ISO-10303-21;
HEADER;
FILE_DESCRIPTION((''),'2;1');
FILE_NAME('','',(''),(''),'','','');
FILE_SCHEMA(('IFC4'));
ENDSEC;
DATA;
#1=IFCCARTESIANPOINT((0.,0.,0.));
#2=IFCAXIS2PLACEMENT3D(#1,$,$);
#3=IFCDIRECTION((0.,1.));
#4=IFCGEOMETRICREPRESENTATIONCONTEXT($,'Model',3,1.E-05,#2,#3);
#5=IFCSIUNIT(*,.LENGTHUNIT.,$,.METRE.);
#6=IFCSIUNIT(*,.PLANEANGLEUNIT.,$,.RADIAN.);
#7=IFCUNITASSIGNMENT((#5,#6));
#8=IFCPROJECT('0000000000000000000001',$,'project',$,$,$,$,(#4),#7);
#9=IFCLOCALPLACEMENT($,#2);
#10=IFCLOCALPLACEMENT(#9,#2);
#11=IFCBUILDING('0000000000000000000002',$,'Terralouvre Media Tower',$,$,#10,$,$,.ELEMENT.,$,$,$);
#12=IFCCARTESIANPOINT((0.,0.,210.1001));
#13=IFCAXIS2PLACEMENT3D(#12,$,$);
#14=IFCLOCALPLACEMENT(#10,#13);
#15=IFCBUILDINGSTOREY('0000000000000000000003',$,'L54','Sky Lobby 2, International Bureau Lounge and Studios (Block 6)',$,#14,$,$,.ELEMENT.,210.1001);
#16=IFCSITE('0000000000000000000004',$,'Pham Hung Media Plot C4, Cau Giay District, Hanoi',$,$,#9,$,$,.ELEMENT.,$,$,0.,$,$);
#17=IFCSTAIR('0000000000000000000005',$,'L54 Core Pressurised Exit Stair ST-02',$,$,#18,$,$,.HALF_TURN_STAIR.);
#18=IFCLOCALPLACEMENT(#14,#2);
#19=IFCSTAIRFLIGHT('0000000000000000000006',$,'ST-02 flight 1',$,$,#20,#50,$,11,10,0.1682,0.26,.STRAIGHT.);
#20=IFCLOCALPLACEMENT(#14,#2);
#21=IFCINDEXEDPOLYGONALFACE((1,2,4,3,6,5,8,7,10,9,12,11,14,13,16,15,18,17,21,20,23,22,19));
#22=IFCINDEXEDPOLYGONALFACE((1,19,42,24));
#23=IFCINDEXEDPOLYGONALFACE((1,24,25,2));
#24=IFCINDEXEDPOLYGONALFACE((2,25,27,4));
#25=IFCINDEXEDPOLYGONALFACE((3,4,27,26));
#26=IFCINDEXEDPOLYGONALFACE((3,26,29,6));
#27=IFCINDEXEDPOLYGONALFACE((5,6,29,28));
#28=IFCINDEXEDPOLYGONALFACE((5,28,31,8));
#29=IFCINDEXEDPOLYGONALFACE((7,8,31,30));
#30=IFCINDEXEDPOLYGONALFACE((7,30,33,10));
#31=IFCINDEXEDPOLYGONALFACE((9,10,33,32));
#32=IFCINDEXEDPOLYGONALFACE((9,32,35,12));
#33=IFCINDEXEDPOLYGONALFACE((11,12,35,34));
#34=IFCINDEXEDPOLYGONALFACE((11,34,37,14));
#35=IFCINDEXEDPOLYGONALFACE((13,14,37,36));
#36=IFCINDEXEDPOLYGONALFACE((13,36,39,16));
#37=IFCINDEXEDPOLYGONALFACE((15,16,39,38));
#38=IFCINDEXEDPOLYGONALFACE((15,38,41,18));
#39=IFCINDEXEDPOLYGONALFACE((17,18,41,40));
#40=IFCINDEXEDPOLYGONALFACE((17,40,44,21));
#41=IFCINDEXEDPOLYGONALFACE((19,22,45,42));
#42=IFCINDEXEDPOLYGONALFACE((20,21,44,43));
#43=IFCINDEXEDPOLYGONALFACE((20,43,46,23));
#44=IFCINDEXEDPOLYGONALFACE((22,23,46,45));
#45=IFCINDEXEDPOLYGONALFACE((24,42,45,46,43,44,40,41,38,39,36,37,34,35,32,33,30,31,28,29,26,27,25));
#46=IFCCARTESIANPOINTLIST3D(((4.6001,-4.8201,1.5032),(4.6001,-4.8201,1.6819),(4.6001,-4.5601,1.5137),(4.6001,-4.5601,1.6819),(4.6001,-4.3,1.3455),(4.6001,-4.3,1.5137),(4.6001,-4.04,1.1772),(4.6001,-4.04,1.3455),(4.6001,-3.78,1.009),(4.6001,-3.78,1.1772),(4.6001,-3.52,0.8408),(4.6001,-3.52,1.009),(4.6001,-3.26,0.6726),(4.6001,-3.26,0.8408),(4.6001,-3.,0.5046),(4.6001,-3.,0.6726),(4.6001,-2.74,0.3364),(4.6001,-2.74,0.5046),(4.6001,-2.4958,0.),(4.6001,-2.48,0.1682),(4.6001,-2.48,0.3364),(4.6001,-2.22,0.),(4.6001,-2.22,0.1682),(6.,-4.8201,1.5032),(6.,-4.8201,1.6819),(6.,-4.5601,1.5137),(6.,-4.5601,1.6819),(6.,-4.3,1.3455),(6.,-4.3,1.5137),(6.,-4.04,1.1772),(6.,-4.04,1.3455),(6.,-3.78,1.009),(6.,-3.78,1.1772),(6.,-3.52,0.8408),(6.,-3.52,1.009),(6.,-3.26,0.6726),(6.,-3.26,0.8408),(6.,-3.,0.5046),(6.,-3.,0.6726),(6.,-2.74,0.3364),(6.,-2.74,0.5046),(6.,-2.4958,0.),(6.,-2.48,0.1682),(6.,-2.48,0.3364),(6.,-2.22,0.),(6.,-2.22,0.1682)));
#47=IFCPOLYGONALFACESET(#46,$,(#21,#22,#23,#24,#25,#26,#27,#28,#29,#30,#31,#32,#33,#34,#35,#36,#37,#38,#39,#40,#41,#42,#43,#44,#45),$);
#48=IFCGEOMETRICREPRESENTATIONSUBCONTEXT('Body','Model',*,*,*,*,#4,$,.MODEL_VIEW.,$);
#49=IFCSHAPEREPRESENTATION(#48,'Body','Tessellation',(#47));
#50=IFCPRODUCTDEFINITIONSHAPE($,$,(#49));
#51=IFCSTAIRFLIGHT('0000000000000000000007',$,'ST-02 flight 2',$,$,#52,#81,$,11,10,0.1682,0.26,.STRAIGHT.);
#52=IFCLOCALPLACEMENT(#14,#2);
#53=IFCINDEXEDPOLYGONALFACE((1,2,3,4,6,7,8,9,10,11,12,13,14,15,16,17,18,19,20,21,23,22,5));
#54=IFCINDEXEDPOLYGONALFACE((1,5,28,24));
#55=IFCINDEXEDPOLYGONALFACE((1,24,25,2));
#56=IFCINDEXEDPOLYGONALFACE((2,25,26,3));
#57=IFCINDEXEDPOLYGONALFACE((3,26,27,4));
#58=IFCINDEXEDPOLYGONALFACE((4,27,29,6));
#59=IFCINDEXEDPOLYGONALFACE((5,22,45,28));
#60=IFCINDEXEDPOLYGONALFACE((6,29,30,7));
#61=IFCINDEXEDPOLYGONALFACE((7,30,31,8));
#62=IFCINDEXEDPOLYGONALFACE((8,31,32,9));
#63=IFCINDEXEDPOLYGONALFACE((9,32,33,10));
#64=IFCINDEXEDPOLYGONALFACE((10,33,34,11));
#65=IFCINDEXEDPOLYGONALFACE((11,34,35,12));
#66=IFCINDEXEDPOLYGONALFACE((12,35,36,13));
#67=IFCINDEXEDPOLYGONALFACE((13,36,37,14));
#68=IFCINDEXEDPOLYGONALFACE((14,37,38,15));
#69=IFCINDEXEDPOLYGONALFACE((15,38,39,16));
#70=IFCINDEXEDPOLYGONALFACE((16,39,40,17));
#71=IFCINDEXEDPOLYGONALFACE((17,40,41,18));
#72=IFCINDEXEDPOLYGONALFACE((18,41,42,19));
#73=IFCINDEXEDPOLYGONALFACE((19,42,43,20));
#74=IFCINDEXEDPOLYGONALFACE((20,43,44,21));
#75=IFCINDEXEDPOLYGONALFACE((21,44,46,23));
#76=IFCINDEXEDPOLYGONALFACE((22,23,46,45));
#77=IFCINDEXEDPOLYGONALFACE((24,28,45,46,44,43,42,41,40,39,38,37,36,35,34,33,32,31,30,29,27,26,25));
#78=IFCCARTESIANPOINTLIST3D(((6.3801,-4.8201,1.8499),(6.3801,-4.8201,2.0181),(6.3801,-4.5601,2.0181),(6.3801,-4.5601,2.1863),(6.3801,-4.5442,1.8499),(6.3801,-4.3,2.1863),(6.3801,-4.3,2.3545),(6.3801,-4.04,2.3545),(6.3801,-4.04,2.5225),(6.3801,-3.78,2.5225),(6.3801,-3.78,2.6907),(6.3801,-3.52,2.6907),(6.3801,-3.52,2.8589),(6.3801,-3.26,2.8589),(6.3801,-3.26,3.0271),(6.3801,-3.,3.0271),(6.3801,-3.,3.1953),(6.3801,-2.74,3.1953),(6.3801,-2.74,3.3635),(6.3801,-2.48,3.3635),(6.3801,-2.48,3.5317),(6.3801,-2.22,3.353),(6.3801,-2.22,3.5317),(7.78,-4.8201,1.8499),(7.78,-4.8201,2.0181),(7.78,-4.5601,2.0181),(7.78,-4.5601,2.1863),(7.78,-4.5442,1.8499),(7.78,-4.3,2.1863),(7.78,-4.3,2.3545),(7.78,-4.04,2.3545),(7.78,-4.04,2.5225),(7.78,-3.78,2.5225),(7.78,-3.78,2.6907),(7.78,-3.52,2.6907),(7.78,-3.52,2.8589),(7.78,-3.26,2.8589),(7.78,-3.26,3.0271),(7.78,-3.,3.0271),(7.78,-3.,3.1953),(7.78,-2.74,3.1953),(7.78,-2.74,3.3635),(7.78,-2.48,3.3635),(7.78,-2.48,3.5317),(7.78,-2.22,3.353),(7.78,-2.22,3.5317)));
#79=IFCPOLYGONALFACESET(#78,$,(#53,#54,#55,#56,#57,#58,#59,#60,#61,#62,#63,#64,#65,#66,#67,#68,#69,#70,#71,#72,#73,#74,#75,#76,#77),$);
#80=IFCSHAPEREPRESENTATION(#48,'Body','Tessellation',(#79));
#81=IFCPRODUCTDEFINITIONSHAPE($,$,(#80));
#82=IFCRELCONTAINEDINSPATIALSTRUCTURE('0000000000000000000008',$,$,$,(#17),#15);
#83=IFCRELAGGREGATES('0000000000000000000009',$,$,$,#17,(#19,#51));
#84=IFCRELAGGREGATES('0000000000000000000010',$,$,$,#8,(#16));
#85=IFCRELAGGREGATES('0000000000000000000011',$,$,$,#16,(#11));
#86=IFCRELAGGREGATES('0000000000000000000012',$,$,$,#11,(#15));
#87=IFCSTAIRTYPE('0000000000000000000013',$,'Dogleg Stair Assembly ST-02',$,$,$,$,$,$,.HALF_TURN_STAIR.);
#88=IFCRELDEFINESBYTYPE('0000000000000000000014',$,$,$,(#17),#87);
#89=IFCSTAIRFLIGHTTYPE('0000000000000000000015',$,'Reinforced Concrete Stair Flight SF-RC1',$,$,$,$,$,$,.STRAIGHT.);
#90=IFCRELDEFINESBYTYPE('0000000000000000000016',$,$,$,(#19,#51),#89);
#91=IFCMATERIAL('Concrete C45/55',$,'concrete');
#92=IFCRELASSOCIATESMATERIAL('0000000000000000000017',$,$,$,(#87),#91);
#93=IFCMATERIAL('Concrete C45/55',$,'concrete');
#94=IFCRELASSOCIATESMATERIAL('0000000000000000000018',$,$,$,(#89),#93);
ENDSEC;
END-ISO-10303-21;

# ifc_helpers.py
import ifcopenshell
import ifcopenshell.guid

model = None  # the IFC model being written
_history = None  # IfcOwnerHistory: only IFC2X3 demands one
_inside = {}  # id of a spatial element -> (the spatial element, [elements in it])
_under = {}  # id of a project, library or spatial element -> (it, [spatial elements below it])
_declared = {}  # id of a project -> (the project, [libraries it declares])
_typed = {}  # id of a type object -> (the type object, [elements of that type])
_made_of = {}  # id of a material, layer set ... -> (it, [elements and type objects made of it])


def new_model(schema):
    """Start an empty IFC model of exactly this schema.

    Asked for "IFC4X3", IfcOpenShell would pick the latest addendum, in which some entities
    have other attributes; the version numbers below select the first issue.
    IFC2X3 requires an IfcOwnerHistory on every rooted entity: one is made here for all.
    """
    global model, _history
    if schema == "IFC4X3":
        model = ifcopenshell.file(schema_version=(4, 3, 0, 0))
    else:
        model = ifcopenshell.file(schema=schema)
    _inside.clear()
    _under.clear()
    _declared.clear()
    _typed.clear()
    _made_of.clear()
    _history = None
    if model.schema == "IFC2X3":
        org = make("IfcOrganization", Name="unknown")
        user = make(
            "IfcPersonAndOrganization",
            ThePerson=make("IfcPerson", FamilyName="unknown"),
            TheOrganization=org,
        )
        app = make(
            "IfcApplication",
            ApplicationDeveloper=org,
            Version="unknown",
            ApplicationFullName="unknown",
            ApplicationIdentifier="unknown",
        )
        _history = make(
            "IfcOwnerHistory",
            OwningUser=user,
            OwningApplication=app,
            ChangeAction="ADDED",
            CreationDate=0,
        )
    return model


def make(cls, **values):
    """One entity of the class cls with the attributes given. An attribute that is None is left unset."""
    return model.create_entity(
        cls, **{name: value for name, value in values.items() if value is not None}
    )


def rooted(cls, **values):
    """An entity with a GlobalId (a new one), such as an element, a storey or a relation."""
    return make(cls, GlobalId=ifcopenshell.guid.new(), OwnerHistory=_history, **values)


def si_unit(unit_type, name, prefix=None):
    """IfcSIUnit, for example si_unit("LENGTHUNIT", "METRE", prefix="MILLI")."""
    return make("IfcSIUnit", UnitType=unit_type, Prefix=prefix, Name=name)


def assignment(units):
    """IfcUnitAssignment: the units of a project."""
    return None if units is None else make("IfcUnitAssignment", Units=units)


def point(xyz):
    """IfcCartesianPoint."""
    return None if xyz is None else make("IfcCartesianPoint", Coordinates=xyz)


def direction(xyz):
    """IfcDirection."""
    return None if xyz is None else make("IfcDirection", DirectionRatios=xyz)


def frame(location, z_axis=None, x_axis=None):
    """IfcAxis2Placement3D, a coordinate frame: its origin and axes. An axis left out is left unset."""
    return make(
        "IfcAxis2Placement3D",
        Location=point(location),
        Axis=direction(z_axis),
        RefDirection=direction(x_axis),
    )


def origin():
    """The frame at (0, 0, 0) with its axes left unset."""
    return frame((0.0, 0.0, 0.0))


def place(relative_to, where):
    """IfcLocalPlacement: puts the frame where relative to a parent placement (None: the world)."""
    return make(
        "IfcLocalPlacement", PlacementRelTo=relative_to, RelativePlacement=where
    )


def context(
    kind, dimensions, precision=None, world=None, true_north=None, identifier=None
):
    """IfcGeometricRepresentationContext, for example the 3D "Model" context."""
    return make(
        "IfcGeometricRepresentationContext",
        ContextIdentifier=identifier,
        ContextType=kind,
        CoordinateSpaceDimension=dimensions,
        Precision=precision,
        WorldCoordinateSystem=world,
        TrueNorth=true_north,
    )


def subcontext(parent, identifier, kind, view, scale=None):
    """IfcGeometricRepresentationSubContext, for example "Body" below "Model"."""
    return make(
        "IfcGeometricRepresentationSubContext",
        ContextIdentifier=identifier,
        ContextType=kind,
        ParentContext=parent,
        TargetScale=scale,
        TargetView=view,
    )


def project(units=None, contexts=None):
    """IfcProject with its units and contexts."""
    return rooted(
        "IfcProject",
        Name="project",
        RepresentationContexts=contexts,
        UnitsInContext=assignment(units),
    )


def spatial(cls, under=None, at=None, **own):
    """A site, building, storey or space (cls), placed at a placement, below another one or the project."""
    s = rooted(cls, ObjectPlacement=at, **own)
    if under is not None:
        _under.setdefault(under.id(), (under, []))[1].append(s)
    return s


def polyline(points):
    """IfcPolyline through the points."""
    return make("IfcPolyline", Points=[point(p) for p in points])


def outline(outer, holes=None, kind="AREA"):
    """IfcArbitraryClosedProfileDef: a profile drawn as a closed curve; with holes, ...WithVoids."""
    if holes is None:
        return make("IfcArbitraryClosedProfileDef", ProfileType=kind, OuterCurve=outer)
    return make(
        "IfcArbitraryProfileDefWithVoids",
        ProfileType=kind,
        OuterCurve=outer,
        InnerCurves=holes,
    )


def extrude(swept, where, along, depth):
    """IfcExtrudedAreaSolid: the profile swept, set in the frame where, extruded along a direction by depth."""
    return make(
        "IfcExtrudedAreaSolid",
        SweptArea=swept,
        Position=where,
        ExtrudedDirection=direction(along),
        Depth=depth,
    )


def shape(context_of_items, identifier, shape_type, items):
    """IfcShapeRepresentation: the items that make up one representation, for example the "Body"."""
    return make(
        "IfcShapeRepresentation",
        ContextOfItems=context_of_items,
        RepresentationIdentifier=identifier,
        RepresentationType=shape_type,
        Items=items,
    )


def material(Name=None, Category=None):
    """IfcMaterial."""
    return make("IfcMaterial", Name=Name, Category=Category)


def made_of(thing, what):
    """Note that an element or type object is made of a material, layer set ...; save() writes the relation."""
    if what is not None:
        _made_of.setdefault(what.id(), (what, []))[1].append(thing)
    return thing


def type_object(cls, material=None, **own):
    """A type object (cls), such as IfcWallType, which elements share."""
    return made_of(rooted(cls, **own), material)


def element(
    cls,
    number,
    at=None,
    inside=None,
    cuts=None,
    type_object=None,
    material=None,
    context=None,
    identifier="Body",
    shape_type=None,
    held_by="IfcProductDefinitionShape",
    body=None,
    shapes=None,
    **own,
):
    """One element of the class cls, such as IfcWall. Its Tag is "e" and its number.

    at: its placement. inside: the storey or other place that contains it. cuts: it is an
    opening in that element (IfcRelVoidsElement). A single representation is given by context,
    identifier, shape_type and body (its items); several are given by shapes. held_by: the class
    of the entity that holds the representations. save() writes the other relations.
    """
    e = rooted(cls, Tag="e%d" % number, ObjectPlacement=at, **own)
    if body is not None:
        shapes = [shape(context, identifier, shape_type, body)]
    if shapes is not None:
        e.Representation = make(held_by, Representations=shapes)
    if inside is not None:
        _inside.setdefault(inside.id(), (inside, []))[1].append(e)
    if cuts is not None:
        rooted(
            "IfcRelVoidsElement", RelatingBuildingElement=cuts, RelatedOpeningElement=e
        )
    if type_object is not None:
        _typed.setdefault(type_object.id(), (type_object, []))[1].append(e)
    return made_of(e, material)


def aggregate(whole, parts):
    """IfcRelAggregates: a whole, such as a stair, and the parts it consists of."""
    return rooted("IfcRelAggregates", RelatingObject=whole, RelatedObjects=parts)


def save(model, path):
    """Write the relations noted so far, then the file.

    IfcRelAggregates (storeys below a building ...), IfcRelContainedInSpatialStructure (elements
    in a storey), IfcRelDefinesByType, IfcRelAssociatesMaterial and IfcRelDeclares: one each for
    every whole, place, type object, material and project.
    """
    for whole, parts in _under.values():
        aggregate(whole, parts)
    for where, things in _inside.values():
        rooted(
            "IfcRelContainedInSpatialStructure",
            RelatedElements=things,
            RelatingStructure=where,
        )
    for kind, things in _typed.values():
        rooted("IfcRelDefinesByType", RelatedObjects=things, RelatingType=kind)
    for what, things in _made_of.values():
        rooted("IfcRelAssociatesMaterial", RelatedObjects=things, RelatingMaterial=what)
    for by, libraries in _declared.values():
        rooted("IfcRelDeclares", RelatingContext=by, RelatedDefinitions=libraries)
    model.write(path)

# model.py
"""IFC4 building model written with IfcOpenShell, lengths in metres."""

from ifc_helpers import new_model, si_unit, direction, frame, origin, place, context, subcontext, project, spatial, polyline, outline, extrude, material, type_object, element, aggregate, save


model = new_model("IFC4")

# Units and contexts
model_context = context("Model", 3, precision=1e-05, world=origin(), true_north=direction((0.0, 1.0)))
body_context = subcontext(model_context, "Body", "Model", "MODEL_VIEW")
ifc_project = project(units=[si_unit("LENGTHUNIT", "METRE"), si_unit("PLANEANGLEUNIT", "RADIAN")], contexts=[model_context])

# Site, building, storey
site_placement = place(None, origin())
site = spatial("IfcSite", under=ifc_project, at=site_placement, Name="Pham Hung Media Plot C4, Cau Giay District, Hanoi", CompositionType="ELEMENT", RefElevation=0.0)
building_placement = place(site_placement, origin())
building = spatial("IfcBuilding", under=site, at=building_placement, Name="Terralouvre Media Tower", CompositionType="ELEMENT")
storey_placement = place(building_placement, frame((0.0, 0.0, 210.1001)))
storey = spatial("IfcBuildingStorey", under=building, at=storey_placement, Name="L54", Description="Sky Lobby 2, International Bureau Lounge and Studios (Block 6)", CompositionType="ELEMENT", Elevation=210.1001)

# Stair, stair flights
ifc_material_1 = material(Name="Concrete C45/55", Category="concrete")
stair_type = type_object("IfcStairType", Name="Dogleg Stair Assembly ST-02", PredefinedType="HALF_TURN_STAIR", material=ifc_material_1)
stair_placement = place(storey_placement, origin())
stair = element("IfcStair", 1, at=stair_placement, inside=storey, type_object=stair_type, Name="L54 Core Pressurised Exit Stair ST-02", PredefinedType="HALF_TURN_STAIR")
ifc_material_2 = material(Name="Concrete C45/55", Category="concrete")
stair_flight_type = type_object("IfcStairFlightType", Name="Reinforced Concrete Stair Flight SF-RC1", PredefinedType="STRAIGHT", material=ifc_material_2)
stair_flight_1_placement = place(storey_placement, frame((5.3, -2.22, 0.0), z_axis=(0.0, 0.0, 1.0), x_axis=(0.0, -1.0, 0.0)))
stair_flight_1 = element("IfcStairFlight", 2, at=stair_flight_1_placement, type_object=stair_flight_type, Name="ST-02 flight 1", NumberOfRisers=11, NumberOfTreads=10, PredefinedType="STRAIGHT", RiserHeight=0.1682, TreadLength=0.26, context=body_context, shape_type="SweptSolid", body=[
    extrude(outline(polyline([(0.0, 0.0), (0.0, 0.1682), (0.26, 0.1682), (0.26, 0.3364), (0.52, 0.3364), (0.52, 0.5046), (0.78, 0.5046), (0.78, 0.6726), (1.04, 0.6726), (1.04, 0.8408), (1.3, 0.8408), (1.3, 1.009), (1.5601, 1.009), (1.5601, 1.1772), (1.8201, 1.1772), (1.8201, 1.3455), (2.0801, 1.3455), (2.0801, 1.5137), (2.3401, 1.5137), (2.3401, 1.6819), (2.6001, 1.6819), (2.6001, 1.8501), (2.6001, 1.5032), (0.2759, 0.0), (0.0, 0.0)])), frame((0.0, 0.7, 0.0), z_axis=(0.0, -1.0, 0.0), x_axis=(1.0, 0.0, 0.0)), (0.0, 0.0, 1.0), 1.3999),
])
stair_flight_2_placement = place(storey_placement, frame((7.0801, -4.8201, 1.8499), z_axis=(0.0, 0.0, 1.0), x_axis=(0.0, 1.0, 0.0)))
stair_flight_2 = element("IfcStairFlight", 3, at=stair_flight_2_placement, type_object=stair_flight_type, Name="ST-02 flight 2", NumberOfRisers=11, NumberOfTreads=10, PredefinedType="STRAIGHT", RiserHeight=0.1682, TreadLength=0.26, context=body_context, shape_type="SweptSolid", body=[
    extrude(outline(polyline([(0.0, 0.0), (0.0, 0.1682), (0.26, 0.1682), (0.26, 0.3364), (0.52, 0.3364), (0.52, 0.5046), (0.78, 0.5046), (0.78, 0.6726), (1.04, 0.6726), (1.04, 0.8408), (1.3, 0.8408), (1.3, 1.009), (1.5601, 1.009), (1.5601, 1.1772), (1.8201, 1.1772), (1.8201, 1.3455), (2.0801, 1.3455), (2.0801, 1.5137), (2.3401, 1.5137), (2.3401, 1.6819), (2.6001, 1.6819), (2.6001, 1.8501), (2.6001, 1.5032), (0.2759, 0.0), (0.0, 0.0)])), frame((0.0, 0.7, 0.0), z_axis=(0.0, -1.0, 0.0), x_axis=(1.0, 0.0, 0.0)), (0.0, 0.0, 1.0), 1.3999),
])
aggregate(stair, [stair_flight_1, stair_flight_2])

save(model, "model.ifc")
